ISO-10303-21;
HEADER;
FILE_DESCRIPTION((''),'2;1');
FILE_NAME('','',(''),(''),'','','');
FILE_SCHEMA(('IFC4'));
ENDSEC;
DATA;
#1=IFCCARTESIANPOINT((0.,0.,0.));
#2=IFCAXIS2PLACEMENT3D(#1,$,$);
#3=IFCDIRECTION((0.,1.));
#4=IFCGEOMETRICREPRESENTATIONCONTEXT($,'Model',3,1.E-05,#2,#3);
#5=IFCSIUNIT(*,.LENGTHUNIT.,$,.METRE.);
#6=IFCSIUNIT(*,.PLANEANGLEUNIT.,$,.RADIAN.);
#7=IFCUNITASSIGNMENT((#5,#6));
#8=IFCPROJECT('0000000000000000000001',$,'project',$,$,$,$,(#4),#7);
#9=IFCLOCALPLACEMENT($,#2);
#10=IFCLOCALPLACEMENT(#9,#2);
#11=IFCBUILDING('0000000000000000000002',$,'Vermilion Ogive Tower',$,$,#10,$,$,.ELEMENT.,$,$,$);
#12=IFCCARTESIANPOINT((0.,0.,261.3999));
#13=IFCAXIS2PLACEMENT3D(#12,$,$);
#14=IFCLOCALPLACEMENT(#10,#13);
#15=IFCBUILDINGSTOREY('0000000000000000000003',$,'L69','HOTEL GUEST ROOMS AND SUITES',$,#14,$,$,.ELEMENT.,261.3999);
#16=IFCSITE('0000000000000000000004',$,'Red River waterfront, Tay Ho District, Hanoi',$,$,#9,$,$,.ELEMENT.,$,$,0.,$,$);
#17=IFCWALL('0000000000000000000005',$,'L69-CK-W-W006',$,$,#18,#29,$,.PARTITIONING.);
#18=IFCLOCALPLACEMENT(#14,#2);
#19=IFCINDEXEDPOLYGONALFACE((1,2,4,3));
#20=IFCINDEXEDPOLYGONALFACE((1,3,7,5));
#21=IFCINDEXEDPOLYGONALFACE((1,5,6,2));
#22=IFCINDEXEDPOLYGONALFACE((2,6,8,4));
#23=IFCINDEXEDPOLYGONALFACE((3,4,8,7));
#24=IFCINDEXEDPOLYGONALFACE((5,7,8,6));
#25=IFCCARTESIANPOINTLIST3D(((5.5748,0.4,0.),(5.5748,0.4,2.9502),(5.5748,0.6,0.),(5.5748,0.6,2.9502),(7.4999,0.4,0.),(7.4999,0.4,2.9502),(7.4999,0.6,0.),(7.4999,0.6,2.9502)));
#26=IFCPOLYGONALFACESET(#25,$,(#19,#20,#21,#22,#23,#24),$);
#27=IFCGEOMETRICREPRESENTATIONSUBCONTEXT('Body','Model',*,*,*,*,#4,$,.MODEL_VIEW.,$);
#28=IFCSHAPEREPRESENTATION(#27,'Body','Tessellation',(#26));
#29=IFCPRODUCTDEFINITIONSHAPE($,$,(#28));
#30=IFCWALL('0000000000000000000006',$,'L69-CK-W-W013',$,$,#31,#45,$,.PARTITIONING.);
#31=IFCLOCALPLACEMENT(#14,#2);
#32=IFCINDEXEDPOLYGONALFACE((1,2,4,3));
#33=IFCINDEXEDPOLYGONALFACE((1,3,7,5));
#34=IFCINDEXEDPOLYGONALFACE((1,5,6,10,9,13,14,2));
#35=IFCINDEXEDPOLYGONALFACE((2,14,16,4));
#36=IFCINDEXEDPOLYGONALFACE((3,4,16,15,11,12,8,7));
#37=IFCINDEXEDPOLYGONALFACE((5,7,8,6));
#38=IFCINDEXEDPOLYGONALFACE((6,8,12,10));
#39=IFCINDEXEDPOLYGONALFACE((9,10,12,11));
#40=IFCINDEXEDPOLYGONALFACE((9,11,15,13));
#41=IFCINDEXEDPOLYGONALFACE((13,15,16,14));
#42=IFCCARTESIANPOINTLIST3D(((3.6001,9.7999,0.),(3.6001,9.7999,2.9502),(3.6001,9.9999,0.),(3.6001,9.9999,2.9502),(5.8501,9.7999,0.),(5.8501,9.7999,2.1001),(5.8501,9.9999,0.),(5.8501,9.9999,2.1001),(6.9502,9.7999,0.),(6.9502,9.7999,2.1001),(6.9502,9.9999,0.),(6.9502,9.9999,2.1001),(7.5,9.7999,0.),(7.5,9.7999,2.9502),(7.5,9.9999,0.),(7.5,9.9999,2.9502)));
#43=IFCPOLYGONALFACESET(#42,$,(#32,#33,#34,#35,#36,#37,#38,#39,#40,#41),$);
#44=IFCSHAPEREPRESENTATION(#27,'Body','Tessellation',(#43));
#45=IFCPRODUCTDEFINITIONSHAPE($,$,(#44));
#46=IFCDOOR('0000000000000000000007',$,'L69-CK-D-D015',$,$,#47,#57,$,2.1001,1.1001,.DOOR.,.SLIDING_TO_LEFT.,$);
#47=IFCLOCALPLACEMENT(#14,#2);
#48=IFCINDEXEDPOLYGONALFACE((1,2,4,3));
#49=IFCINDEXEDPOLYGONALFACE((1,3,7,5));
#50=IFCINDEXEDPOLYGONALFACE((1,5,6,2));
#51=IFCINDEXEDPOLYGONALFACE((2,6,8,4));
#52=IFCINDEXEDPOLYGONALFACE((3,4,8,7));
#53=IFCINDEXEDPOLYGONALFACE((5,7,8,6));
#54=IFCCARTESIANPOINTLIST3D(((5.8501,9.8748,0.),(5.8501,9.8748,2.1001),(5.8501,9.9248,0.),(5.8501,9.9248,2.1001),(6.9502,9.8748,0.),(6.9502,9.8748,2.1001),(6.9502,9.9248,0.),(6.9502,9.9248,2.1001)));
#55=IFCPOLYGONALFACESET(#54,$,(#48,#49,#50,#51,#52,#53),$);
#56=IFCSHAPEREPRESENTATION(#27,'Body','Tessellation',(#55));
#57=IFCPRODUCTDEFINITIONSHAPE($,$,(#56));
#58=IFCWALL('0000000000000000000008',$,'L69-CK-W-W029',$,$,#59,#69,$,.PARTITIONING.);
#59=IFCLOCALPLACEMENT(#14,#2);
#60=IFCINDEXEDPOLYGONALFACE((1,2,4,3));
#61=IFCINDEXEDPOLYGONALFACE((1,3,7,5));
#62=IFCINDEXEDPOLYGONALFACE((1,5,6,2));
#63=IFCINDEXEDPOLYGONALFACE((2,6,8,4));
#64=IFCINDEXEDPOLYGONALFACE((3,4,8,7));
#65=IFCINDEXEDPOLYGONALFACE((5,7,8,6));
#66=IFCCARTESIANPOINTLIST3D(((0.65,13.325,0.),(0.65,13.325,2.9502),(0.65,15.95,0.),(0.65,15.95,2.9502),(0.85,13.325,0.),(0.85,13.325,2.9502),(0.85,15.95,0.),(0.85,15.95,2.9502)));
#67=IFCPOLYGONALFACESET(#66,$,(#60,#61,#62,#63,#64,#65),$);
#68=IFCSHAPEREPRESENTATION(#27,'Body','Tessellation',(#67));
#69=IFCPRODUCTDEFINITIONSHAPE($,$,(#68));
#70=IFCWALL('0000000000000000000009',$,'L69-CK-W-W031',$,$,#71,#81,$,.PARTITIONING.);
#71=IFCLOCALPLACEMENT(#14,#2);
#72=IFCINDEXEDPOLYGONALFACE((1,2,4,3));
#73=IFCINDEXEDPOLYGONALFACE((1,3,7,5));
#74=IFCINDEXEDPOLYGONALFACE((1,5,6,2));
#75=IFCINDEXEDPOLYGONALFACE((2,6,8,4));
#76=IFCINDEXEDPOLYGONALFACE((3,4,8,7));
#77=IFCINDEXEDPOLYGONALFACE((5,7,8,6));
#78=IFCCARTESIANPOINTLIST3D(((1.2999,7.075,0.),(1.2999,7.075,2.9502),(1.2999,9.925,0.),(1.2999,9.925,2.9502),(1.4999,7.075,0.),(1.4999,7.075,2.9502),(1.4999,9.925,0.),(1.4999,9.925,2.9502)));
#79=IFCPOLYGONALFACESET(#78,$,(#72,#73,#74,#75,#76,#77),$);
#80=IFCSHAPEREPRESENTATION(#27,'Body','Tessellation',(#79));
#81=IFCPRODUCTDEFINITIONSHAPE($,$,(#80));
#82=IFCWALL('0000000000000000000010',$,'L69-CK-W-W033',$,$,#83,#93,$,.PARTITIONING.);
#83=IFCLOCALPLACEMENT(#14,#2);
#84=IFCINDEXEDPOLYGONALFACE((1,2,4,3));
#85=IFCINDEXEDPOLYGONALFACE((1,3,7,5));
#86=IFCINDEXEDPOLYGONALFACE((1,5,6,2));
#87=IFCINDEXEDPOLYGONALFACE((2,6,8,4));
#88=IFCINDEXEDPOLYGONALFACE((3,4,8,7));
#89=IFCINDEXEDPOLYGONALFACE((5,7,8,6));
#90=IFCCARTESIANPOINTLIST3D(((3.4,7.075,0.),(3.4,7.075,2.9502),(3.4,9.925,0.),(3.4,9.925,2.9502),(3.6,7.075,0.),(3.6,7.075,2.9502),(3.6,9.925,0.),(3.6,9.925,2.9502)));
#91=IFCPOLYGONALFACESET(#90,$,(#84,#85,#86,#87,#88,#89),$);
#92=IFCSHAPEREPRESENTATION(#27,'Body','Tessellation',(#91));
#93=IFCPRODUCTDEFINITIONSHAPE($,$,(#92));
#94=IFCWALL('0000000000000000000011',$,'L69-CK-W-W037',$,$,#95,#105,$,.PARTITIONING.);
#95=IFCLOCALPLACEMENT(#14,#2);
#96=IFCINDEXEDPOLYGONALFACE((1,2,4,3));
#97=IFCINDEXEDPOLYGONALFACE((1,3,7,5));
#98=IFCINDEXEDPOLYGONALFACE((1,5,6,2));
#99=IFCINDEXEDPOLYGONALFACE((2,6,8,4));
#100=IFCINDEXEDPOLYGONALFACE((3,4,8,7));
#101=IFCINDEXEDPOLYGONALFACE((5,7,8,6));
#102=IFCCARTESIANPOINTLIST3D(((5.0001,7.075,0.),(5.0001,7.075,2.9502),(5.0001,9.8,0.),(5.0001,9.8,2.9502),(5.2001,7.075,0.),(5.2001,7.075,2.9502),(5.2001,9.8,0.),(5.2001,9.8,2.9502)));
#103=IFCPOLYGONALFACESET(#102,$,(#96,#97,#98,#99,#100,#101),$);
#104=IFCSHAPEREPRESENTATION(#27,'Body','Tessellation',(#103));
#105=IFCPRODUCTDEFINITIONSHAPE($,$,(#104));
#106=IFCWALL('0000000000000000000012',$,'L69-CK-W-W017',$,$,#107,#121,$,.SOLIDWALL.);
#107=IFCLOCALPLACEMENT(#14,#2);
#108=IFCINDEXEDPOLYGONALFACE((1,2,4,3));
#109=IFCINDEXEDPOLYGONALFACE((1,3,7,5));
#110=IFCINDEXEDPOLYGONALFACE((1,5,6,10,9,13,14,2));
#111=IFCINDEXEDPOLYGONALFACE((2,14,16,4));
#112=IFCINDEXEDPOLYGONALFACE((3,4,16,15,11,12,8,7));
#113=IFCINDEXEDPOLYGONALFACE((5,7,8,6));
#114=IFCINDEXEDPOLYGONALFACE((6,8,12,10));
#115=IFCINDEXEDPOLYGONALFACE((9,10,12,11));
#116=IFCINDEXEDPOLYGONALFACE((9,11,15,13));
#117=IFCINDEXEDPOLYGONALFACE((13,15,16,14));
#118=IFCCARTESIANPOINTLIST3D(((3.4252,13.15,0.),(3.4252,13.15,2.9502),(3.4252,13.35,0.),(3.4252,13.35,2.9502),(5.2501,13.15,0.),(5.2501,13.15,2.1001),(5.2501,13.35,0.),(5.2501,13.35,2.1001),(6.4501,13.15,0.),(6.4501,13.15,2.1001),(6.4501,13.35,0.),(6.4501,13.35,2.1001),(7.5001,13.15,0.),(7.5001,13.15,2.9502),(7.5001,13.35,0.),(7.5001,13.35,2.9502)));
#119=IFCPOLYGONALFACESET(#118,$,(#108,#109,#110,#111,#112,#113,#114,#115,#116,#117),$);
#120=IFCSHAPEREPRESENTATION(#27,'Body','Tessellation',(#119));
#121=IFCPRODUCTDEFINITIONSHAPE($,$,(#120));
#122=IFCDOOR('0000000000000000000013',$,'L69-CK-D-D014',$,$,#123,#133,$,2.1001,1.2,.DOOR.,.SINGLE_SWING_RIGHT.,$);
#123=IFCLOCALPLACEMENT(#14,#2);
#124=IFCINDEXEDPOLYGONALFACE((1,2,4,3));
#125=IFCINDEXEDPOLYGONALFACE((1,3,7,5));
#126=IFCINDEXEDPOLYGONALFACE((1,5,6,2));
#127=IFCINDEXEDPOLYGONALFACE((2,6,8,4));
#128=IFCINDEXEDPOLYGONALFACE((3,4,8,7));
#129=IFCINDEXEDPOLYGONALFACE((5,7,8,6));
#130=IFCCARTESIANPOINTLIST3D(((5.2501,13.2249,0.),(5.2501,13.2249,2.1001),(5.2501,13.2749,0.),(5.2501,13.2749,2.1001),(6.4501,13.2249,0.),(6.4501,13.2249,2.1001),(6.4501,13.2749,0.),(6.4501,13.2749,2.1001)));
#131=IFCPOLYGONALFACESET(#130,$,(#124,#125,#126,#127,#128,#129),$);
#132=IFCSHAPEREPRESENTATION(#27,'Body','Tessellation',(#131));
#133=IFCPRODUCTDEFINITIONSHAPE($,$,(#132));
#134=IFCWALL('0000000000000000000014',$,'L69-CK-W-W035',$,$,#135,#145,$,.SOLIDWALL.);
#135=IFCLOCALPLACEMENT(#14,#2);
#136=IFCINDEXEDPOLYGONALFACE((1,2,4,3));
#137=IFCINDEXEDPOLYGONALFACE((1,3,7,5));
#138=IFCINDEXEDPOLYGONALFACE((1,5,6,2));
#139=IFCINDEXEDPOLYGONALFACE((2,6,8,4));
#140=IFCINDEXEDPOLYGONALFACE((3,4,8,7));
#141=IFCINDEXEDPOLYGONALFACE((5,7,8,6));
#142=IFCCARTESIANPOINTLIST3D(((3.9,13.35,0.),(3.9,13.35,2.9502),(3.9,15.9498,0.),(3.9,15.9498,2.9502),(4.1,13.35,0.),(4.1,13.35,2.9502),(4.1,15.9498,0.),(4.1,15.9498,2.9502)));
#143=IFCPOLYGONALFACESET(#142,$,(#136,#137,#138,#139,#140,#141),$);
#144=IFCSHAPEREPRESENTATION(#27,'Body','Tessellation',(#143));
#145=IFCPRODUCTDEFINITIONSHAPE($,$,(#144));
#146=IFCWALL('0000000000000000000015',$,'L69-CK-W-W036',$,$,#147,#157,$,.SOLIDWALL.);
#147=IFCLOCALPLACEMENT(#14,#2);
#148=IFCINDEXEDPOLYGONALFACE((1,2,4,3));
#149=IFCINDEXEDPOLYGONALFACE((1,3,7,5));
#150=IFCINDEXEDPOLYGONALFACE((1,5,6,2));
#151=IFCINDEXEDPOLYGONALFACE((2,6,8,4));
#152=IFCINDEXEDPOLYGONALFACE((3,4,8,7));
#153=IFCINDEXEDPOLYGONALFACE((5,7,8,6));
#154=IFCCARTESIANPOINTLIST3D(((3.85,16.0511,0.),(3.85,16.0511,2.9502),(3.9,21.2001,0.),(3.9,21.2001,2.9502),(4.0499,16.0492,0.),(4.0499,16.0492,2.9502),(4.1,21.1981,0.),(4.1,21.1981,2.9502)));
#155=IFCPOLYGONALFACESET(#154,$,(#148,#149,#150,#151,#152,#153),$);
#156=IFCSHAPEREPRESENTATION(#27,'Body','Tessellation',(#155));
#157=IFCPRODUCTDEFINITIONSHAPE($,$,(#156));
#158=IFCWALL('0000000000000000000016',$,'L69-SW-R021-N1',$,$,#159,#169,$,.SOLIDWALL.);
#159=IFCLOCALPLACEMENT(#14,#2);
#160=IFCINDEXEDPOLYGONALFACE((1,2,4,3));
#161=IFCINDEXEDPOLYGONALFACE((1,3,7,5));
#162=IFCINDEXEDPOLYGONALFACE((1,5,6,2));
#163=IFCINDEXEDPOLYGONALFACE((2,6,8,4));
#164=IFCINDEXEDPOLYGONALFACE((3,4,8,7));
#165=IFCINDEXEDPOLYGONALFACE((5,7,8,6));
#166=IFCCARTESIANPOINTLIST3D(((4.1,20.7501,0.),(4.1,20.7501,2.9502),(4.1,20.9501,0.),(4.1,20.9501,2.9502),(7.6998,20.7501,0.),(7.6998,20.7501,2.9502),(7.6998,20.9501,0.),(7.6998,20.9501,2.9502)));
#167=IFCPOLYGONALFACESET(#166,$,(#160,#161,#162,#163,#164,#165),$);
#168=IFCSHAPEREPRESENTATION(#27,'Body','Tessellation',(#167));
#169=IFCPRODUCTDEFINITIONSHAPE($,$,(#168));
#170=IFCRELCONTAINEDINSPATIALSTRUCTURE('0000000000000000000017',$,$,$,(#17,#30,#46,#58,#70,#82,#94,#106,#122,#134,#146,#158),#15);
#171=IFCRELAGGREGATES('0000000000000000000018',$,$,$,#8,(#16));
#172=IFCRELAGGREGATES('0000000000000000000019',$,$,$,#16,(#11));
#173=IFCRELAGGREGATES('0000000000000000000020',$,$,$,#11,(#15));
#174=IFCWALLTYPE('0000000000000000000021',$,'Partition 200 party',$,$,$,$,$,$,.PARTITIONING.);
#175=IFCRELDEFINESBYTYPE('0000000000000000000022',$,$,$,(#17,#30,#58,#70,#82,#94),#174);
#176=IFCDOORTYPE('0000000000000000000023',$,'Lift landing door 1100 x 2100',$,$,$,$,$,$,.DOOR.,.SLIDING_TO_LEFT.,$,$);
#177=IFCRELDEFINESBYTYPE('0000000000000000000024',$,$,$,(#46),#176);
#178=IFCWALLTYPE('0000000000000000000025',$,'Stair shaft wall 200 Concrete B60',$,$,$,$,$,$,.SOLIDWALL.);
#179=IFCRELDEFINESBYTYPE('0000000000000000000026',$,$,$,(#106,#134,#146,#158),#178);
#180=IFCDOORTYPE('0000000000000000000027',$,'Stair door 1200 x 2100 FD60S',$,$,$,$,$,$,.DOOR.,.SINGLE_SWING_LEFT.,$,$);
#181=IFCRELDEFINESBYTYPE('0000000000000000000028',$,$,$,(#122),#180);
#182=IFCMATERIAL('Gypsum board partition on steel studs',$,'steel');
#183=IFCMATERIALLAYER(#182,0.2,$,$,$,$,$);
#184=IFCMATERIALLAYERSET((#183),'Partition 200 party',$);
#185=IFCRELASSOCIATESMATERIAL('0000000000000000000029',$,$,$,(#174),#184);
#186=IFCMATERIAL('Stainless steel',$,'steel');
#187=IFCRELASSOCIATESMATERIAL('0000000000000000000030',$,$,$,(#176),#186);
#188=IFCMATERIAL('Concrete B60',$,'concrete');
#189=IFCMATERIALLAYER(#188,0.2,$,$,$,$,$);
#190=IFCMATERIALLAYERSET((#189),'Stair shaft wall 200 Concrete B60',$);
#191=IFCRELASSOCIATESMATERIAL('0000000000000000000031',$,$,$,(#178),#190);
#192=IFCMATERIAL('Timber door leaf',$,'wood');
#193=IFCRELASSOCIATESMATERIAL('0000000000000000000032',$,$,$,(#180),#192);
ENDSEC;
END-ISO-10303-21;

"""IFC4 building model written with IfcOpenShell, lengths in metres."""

from ifc_helpers import new_model, si_unit, direction, frame, frame_2d, origin, place, context, subcontext, project, spatial, rectangle, extrude, material, layer, layer_set, type_object, element, fill, save


model = new_model("IFC4")

# Units and contexts
model_context = context("Model", 3, precision=1e-05, world=origin(), true_north=direction((0.0, 1.0)))
body_context = subcontext(model_context, "Body", "Model", "MODEL_VIEW")
ifc_project = project(units=[si_unit("LENGTHUNIT", "METRE"), si_unit("PLANEANGLEUNIT", "RADIAN")], contexts=[model_context])

# Site, building, storey
site_placement = place(None, origin())
site = spatial("IfcSite", under=ifc_project, at=site_placement, Name="Red River waterfront, Tay Ho District, Hanoi", CompositionType="ELEMENT", RefElevation=0.0)
building_placement = place(site_placement, origin())
building = spatial("IfcBuilding", under=site, at=building_placement, Name="Vermilion Ogive Tower", CompositionType="ELEMENT")
storey_placement = place(building_placement, frame((0.0, 0.0, 261.3999)))
storey = spatial("IfcBuildingStorey", under=building, at=storey_placement, Name="L69", Description="HOTEL GUEST ROOMS AND SUITES", CompositionType="ELEMENT", Elevation=261.3999)

# Wall
ifc_material_1 = material(Name="Gypsum board partition on steel studs", Category="steel")
ifc_layer_1 = layer(ifc_material_1, 0.2)
ifc_layer_set_1 = layer_set([ifc_layer_1], Name="Partition 200 party")
wall_type_1 = type_object("IfcWallType", Name="Partition 200 party", PredefinedType="PARTITIONING", material=ifc_layer_set_1)
wall_1_placement = place(storey_placement, frame((5.575, 0.5, 0.0), z_axis=(0.0, 0.0, 1.0), x_axis=(1.0, 0.0, 0.0)))
element("IfcWall", 1, at=wall_1_placement, inside=storey, type_object=wall_type_1, Name="L69-CK-W-W006", PredefinedType="PARTITIONING", context=body_context, shape_type="SweptSolid", body=[
    extrude(rectangle(XDim=1.925, YDim=0.2, at=frame_2d((0.9624, 0.0))), origin(), (0.0, 0.0, 1.0), 2.9502),
])

# Wall, opening, door
wall_2_placement = place(storey_placement, frame((3.6001, 9.8999, 0.0), z_axis=(0.0, 0.0, 1.0), x_axis=(1.0, 0.0, 0.0)))
wall_2 = element("IfcWall", 2, at=wall_2_placement, inside=storey, type_object=wall_type_1, Name="L69-CK-W-W013", PredefinedType="PARTITIONING", context=body_context, shape_type="SweptSolid", body=[
    extrude(rectangle(XDim=3.8999, YDim=0.2, at=frame_2d((1.95, 0.0))), origin(), (0.0, 0.0, 1.0), 2.9502),
])
opening_1_placement = place(wall_2_placement, frame((2.25, 0.0, 0.0)))
opening_1 = element("IfcOpeningElement", 3, at=opening_1_placement, cuts=wall_2, PredefinedType="OPENING", context=body_context, shape_type="SweptSolid", body=[
    extrude(rectangle(XDim=1.1001, YDim=2.1001, at=frame_2d((0.55, 1.05))), frame((0.0, 0.1099, 0.0), z_axis=(0.0, -1.0, 0.0), x_axis=(1.0, 0.0, 0.0)), (0.0, 0.0, 1.0), 0.22),
])
ifc_material_2 = material(Name="Stainless steel", Category="steel")
door_type_1 = type_object("IfcDoorType", Name="Lift landing door 1100 x 2100", OperationType="SLIDING_TO_LEFT", PredefinedType="DOOR", material=ifc_material_2)
door_1_placement = place(opening_1_placement, origin())
door_1 = element("IfcDoor", 4, at=door_1_placement, inside=storey, type_object=door_type_1, Name="L69-CK-D-D015", OperationType="SLIDING_TO_LEFT", OverallHeight=2.1001, OverallWidth=1.1001, PredefinedType="DOOR", context=body_context, shape_type="SweptSolid", body=[
    extrude(rectangle(XDim=1.1001, YDim=2.1001, at=frame_2d((0.55, 1.05))), frame((0.0, 0.0249, 0.0), z_axis=(0.0, -1.0, 0.0), x_axis=(1.0, 0.0, 0.0)), (0.0, 0.0, 1.0), 0.05),
])
fill(opening_1, door_1)

# Walls
wall_3_placement = place(storey_placement, frame((0.75, 13.325, 0.0), z_axis=(0.0, 0.0, 1.0), x_axis=(0.0, 1.0, 0.0)))
element("IfcWall", 5, at=wall_3_placement, inside=storey, type_object=wall_type_1, Name="L69-CK-W-W029", PredefinedType="PARTITIONING", context=body_context, shape_type="SweptSolid", body=[
    extrude(rectangle(XDim=2.625, YDim=0.2, at=frame_2d((1.3125, 0.0))), origin(), (0.0, 0.0, 1.0), 2.9502),
])
for number, where, z_axis, x_axis, name in (
    (6, (1.3999, 7.075, 0.0), (0.0, 0.0, 1.0), (0.0, 1.0, 0.0), "L69-CK-W-W031"),
    (7, (3.5, 7.075, 0.0), (0.0, 0.0, 1.0), (0.0, 1.0, 0.0), "L69-CK-W-W033"),
):
    element("IfcWall", number, at=place(storey_placement, frame(where, z_axis=z_axis, x_axis=x_axis)), inside=storey, type_object=wall_type_1, Name=name, PredefinedType="PARTITIONING", context=body_context, shape_type="SweptSolid", body=[
        extrude(rectangle(XDim=2.8501, YDim=0.2, at=frame_2d((1.425, 0.0))), origin(), (0.0, 0.0, 1.0), 2.9502),
    ])
wall_4_placement = place(storey_placement, frame((5.1001, 7.075, 0.0), z_axis=(0.0, 0.0, 1.0), x_axis=(0.0, 1.0, 0.0)))
element("IfcWall", 8, at=wall_4_placement, inside=storey, type_object=wall_type_1, Name="L69-CK-W-W037", PredefinedType="PARTITIONING", context=body_context, shape_type="SweptSolid", body=[
    extrude(rectangle(XDim=2.7251, YDim=0.2, at=frame_2d((1.3625, 0.0))), origin(), (0.0, 0.0, 1.0), 2.9502),
])

# Wall, opening, door
ifc_material_3 = material(Name="Concrete B60", Category="concrete")
ifc_layer_2 = layer(ifc_material_3, 0.2)
ifc_layer_set_2 = layer_set([ifc_layer_2], Name="Stair shaft wall 200 Concrete B60")
wall_type_2 = type_object("IfcWallType", Name="Stair shaft wall 200 Concrete B60", PredefinedType="SOLIDWALL", material=ifc_layer_set_2)
wall_5_placement = place(storey_placement, frame((3.425, 13.25, 0.0), z_axis=(0.0, 0.0, 1.0), x_axis=(1.0, 0.0, 0.0)))
wall_5 = element("IfcWall", 9, at=wall_5_placement, inside=storey, type_object=wall_type_2, Name="L69-CK-W-W017", PredefinedType="SOLIDWALL", context=body_context, shape_type="SweptSolid", body=[
    extrude(rectangle(XDim=4.075, YDim=0.2, at=frame_2d((2.0376, 0.0))), origin(), (0.0, 0.0, 1.0), 2.9502),
])
opening_2_placement = place(wall_5_placement, frame((1.825, 0.0, 0.0)))
opening_2 = element("IfcOpeningElement", 10, at=opening_2_placement, cuts=wall_5, PredefinedType="OPENING", context=body_context, shape_type="SweptSolid", body=[
    extrude(rectangle(XDim=1.2, YDim=2.1001, at=frame_2d((0.6001, 1.05))), frame((0.0, 0.1099, 0.0), z_axis=(0.0, -1.0, 0.0), x_axis=(1.0, 0.0, 0.0)), (0.0, 0.0, 1.0), 0.22),
])
ifc_material_4 = material(Name="Timber door leaf", Category="wood")
door_type_2 = type_object("IfcDoorType", Name="Stair door 1200 x 2100 FD60S", OperationType="SINGLE_SWING_LEFT", PredefinedType="DOOR", material=ifc_material_4)
door_2_placement = place(opening_2_placement, origin())
door_2 = element("IfcDoor", 11, at=door_2_placement, inside=storey, type_object=door_type_2, Name="L69-CK-D-D014", OperationType="SINGLE_SWING_RIGHT", OverallHeight=2.1001, OverallWidth=1.2, PredefinedType="DOOR", context=body_context, shape_type="SweptSolid", body=[
    extrude(rectangle(XDim=1.2, YDim=2.1001, at=frame_2d((0.6001, 1.05))), frame((0.0, 0.0249, 0.0), z_axis=(0.0, -1.0, 0.0), x_axis=(1.0, 0.0, 0.0)), (0.0, 0.0, 1.0), 0.05),
])
fill(opening_2, door_2)

# Walls
wall_6_placement = place(storey_placement, frame((4.0, 13.3501, 0.0), z_axis=(0.0, 0.0, 1.0), x_axis=(0.0, 1.0, 0.0)))
element("IfcWall", 12, at=wall_6_placement, inside=storey, type_object=wall_type_2, Name="L69-CK-W-W035", PredefinedType="SOLIDWALL", context=body_context, shape_type="SweptSolid", body=[
    extrude(rectangle(XDim=2.5999, YDim=0.2, at=frame_2d((1.2998, 0.0))), origin(), (0.0, 0.0, 1.0), 2.9502),
])
wall_7_placement = place(storey_placement, frame((3.95, 16.05, 0.0), z_axis=(0.0, 0.0, 1.0), x_axis=(0.00972, 0.999953, 0.0)))
element("IfcWall", 13, at=wall_7_placement, inside=storey, type_object=wall_type_2, Name="L69-CK-W-W036", PredefinedType="SOLIDWALL", context=body_context, shape_type="SweptSolid", body=[
    extrude(rectangle(XDim=5.1492, YDim=0.2, at=frame_2d((2.5747, 0.0))), origin(), (0.0, 0.0, 1.0), 2.9502),
])
wall_8_placement = place(storey_placement, frame((4.1001, 20.8501, 0.0), z_axis=(0.0, 0.0, 1.0), x_axis=(1.0, 0.0, 0.0)))
element("IfcWall", 14, at=wall_8_placement, inside=storey, type_object=wall_type_2, Name="L69-SW-R021-N1", PredefinedType="SOLIDWALL", context=body_context, shape_type="SweptSolid", body=[
    extrude(rectangle(XDim=3.5999, YDim=0.2, at=frame_2d((1.7998, 0.0))), origin(), (0.0, 0.0, 1.0), 2.9502),
])

save(model, "model.ifc")
